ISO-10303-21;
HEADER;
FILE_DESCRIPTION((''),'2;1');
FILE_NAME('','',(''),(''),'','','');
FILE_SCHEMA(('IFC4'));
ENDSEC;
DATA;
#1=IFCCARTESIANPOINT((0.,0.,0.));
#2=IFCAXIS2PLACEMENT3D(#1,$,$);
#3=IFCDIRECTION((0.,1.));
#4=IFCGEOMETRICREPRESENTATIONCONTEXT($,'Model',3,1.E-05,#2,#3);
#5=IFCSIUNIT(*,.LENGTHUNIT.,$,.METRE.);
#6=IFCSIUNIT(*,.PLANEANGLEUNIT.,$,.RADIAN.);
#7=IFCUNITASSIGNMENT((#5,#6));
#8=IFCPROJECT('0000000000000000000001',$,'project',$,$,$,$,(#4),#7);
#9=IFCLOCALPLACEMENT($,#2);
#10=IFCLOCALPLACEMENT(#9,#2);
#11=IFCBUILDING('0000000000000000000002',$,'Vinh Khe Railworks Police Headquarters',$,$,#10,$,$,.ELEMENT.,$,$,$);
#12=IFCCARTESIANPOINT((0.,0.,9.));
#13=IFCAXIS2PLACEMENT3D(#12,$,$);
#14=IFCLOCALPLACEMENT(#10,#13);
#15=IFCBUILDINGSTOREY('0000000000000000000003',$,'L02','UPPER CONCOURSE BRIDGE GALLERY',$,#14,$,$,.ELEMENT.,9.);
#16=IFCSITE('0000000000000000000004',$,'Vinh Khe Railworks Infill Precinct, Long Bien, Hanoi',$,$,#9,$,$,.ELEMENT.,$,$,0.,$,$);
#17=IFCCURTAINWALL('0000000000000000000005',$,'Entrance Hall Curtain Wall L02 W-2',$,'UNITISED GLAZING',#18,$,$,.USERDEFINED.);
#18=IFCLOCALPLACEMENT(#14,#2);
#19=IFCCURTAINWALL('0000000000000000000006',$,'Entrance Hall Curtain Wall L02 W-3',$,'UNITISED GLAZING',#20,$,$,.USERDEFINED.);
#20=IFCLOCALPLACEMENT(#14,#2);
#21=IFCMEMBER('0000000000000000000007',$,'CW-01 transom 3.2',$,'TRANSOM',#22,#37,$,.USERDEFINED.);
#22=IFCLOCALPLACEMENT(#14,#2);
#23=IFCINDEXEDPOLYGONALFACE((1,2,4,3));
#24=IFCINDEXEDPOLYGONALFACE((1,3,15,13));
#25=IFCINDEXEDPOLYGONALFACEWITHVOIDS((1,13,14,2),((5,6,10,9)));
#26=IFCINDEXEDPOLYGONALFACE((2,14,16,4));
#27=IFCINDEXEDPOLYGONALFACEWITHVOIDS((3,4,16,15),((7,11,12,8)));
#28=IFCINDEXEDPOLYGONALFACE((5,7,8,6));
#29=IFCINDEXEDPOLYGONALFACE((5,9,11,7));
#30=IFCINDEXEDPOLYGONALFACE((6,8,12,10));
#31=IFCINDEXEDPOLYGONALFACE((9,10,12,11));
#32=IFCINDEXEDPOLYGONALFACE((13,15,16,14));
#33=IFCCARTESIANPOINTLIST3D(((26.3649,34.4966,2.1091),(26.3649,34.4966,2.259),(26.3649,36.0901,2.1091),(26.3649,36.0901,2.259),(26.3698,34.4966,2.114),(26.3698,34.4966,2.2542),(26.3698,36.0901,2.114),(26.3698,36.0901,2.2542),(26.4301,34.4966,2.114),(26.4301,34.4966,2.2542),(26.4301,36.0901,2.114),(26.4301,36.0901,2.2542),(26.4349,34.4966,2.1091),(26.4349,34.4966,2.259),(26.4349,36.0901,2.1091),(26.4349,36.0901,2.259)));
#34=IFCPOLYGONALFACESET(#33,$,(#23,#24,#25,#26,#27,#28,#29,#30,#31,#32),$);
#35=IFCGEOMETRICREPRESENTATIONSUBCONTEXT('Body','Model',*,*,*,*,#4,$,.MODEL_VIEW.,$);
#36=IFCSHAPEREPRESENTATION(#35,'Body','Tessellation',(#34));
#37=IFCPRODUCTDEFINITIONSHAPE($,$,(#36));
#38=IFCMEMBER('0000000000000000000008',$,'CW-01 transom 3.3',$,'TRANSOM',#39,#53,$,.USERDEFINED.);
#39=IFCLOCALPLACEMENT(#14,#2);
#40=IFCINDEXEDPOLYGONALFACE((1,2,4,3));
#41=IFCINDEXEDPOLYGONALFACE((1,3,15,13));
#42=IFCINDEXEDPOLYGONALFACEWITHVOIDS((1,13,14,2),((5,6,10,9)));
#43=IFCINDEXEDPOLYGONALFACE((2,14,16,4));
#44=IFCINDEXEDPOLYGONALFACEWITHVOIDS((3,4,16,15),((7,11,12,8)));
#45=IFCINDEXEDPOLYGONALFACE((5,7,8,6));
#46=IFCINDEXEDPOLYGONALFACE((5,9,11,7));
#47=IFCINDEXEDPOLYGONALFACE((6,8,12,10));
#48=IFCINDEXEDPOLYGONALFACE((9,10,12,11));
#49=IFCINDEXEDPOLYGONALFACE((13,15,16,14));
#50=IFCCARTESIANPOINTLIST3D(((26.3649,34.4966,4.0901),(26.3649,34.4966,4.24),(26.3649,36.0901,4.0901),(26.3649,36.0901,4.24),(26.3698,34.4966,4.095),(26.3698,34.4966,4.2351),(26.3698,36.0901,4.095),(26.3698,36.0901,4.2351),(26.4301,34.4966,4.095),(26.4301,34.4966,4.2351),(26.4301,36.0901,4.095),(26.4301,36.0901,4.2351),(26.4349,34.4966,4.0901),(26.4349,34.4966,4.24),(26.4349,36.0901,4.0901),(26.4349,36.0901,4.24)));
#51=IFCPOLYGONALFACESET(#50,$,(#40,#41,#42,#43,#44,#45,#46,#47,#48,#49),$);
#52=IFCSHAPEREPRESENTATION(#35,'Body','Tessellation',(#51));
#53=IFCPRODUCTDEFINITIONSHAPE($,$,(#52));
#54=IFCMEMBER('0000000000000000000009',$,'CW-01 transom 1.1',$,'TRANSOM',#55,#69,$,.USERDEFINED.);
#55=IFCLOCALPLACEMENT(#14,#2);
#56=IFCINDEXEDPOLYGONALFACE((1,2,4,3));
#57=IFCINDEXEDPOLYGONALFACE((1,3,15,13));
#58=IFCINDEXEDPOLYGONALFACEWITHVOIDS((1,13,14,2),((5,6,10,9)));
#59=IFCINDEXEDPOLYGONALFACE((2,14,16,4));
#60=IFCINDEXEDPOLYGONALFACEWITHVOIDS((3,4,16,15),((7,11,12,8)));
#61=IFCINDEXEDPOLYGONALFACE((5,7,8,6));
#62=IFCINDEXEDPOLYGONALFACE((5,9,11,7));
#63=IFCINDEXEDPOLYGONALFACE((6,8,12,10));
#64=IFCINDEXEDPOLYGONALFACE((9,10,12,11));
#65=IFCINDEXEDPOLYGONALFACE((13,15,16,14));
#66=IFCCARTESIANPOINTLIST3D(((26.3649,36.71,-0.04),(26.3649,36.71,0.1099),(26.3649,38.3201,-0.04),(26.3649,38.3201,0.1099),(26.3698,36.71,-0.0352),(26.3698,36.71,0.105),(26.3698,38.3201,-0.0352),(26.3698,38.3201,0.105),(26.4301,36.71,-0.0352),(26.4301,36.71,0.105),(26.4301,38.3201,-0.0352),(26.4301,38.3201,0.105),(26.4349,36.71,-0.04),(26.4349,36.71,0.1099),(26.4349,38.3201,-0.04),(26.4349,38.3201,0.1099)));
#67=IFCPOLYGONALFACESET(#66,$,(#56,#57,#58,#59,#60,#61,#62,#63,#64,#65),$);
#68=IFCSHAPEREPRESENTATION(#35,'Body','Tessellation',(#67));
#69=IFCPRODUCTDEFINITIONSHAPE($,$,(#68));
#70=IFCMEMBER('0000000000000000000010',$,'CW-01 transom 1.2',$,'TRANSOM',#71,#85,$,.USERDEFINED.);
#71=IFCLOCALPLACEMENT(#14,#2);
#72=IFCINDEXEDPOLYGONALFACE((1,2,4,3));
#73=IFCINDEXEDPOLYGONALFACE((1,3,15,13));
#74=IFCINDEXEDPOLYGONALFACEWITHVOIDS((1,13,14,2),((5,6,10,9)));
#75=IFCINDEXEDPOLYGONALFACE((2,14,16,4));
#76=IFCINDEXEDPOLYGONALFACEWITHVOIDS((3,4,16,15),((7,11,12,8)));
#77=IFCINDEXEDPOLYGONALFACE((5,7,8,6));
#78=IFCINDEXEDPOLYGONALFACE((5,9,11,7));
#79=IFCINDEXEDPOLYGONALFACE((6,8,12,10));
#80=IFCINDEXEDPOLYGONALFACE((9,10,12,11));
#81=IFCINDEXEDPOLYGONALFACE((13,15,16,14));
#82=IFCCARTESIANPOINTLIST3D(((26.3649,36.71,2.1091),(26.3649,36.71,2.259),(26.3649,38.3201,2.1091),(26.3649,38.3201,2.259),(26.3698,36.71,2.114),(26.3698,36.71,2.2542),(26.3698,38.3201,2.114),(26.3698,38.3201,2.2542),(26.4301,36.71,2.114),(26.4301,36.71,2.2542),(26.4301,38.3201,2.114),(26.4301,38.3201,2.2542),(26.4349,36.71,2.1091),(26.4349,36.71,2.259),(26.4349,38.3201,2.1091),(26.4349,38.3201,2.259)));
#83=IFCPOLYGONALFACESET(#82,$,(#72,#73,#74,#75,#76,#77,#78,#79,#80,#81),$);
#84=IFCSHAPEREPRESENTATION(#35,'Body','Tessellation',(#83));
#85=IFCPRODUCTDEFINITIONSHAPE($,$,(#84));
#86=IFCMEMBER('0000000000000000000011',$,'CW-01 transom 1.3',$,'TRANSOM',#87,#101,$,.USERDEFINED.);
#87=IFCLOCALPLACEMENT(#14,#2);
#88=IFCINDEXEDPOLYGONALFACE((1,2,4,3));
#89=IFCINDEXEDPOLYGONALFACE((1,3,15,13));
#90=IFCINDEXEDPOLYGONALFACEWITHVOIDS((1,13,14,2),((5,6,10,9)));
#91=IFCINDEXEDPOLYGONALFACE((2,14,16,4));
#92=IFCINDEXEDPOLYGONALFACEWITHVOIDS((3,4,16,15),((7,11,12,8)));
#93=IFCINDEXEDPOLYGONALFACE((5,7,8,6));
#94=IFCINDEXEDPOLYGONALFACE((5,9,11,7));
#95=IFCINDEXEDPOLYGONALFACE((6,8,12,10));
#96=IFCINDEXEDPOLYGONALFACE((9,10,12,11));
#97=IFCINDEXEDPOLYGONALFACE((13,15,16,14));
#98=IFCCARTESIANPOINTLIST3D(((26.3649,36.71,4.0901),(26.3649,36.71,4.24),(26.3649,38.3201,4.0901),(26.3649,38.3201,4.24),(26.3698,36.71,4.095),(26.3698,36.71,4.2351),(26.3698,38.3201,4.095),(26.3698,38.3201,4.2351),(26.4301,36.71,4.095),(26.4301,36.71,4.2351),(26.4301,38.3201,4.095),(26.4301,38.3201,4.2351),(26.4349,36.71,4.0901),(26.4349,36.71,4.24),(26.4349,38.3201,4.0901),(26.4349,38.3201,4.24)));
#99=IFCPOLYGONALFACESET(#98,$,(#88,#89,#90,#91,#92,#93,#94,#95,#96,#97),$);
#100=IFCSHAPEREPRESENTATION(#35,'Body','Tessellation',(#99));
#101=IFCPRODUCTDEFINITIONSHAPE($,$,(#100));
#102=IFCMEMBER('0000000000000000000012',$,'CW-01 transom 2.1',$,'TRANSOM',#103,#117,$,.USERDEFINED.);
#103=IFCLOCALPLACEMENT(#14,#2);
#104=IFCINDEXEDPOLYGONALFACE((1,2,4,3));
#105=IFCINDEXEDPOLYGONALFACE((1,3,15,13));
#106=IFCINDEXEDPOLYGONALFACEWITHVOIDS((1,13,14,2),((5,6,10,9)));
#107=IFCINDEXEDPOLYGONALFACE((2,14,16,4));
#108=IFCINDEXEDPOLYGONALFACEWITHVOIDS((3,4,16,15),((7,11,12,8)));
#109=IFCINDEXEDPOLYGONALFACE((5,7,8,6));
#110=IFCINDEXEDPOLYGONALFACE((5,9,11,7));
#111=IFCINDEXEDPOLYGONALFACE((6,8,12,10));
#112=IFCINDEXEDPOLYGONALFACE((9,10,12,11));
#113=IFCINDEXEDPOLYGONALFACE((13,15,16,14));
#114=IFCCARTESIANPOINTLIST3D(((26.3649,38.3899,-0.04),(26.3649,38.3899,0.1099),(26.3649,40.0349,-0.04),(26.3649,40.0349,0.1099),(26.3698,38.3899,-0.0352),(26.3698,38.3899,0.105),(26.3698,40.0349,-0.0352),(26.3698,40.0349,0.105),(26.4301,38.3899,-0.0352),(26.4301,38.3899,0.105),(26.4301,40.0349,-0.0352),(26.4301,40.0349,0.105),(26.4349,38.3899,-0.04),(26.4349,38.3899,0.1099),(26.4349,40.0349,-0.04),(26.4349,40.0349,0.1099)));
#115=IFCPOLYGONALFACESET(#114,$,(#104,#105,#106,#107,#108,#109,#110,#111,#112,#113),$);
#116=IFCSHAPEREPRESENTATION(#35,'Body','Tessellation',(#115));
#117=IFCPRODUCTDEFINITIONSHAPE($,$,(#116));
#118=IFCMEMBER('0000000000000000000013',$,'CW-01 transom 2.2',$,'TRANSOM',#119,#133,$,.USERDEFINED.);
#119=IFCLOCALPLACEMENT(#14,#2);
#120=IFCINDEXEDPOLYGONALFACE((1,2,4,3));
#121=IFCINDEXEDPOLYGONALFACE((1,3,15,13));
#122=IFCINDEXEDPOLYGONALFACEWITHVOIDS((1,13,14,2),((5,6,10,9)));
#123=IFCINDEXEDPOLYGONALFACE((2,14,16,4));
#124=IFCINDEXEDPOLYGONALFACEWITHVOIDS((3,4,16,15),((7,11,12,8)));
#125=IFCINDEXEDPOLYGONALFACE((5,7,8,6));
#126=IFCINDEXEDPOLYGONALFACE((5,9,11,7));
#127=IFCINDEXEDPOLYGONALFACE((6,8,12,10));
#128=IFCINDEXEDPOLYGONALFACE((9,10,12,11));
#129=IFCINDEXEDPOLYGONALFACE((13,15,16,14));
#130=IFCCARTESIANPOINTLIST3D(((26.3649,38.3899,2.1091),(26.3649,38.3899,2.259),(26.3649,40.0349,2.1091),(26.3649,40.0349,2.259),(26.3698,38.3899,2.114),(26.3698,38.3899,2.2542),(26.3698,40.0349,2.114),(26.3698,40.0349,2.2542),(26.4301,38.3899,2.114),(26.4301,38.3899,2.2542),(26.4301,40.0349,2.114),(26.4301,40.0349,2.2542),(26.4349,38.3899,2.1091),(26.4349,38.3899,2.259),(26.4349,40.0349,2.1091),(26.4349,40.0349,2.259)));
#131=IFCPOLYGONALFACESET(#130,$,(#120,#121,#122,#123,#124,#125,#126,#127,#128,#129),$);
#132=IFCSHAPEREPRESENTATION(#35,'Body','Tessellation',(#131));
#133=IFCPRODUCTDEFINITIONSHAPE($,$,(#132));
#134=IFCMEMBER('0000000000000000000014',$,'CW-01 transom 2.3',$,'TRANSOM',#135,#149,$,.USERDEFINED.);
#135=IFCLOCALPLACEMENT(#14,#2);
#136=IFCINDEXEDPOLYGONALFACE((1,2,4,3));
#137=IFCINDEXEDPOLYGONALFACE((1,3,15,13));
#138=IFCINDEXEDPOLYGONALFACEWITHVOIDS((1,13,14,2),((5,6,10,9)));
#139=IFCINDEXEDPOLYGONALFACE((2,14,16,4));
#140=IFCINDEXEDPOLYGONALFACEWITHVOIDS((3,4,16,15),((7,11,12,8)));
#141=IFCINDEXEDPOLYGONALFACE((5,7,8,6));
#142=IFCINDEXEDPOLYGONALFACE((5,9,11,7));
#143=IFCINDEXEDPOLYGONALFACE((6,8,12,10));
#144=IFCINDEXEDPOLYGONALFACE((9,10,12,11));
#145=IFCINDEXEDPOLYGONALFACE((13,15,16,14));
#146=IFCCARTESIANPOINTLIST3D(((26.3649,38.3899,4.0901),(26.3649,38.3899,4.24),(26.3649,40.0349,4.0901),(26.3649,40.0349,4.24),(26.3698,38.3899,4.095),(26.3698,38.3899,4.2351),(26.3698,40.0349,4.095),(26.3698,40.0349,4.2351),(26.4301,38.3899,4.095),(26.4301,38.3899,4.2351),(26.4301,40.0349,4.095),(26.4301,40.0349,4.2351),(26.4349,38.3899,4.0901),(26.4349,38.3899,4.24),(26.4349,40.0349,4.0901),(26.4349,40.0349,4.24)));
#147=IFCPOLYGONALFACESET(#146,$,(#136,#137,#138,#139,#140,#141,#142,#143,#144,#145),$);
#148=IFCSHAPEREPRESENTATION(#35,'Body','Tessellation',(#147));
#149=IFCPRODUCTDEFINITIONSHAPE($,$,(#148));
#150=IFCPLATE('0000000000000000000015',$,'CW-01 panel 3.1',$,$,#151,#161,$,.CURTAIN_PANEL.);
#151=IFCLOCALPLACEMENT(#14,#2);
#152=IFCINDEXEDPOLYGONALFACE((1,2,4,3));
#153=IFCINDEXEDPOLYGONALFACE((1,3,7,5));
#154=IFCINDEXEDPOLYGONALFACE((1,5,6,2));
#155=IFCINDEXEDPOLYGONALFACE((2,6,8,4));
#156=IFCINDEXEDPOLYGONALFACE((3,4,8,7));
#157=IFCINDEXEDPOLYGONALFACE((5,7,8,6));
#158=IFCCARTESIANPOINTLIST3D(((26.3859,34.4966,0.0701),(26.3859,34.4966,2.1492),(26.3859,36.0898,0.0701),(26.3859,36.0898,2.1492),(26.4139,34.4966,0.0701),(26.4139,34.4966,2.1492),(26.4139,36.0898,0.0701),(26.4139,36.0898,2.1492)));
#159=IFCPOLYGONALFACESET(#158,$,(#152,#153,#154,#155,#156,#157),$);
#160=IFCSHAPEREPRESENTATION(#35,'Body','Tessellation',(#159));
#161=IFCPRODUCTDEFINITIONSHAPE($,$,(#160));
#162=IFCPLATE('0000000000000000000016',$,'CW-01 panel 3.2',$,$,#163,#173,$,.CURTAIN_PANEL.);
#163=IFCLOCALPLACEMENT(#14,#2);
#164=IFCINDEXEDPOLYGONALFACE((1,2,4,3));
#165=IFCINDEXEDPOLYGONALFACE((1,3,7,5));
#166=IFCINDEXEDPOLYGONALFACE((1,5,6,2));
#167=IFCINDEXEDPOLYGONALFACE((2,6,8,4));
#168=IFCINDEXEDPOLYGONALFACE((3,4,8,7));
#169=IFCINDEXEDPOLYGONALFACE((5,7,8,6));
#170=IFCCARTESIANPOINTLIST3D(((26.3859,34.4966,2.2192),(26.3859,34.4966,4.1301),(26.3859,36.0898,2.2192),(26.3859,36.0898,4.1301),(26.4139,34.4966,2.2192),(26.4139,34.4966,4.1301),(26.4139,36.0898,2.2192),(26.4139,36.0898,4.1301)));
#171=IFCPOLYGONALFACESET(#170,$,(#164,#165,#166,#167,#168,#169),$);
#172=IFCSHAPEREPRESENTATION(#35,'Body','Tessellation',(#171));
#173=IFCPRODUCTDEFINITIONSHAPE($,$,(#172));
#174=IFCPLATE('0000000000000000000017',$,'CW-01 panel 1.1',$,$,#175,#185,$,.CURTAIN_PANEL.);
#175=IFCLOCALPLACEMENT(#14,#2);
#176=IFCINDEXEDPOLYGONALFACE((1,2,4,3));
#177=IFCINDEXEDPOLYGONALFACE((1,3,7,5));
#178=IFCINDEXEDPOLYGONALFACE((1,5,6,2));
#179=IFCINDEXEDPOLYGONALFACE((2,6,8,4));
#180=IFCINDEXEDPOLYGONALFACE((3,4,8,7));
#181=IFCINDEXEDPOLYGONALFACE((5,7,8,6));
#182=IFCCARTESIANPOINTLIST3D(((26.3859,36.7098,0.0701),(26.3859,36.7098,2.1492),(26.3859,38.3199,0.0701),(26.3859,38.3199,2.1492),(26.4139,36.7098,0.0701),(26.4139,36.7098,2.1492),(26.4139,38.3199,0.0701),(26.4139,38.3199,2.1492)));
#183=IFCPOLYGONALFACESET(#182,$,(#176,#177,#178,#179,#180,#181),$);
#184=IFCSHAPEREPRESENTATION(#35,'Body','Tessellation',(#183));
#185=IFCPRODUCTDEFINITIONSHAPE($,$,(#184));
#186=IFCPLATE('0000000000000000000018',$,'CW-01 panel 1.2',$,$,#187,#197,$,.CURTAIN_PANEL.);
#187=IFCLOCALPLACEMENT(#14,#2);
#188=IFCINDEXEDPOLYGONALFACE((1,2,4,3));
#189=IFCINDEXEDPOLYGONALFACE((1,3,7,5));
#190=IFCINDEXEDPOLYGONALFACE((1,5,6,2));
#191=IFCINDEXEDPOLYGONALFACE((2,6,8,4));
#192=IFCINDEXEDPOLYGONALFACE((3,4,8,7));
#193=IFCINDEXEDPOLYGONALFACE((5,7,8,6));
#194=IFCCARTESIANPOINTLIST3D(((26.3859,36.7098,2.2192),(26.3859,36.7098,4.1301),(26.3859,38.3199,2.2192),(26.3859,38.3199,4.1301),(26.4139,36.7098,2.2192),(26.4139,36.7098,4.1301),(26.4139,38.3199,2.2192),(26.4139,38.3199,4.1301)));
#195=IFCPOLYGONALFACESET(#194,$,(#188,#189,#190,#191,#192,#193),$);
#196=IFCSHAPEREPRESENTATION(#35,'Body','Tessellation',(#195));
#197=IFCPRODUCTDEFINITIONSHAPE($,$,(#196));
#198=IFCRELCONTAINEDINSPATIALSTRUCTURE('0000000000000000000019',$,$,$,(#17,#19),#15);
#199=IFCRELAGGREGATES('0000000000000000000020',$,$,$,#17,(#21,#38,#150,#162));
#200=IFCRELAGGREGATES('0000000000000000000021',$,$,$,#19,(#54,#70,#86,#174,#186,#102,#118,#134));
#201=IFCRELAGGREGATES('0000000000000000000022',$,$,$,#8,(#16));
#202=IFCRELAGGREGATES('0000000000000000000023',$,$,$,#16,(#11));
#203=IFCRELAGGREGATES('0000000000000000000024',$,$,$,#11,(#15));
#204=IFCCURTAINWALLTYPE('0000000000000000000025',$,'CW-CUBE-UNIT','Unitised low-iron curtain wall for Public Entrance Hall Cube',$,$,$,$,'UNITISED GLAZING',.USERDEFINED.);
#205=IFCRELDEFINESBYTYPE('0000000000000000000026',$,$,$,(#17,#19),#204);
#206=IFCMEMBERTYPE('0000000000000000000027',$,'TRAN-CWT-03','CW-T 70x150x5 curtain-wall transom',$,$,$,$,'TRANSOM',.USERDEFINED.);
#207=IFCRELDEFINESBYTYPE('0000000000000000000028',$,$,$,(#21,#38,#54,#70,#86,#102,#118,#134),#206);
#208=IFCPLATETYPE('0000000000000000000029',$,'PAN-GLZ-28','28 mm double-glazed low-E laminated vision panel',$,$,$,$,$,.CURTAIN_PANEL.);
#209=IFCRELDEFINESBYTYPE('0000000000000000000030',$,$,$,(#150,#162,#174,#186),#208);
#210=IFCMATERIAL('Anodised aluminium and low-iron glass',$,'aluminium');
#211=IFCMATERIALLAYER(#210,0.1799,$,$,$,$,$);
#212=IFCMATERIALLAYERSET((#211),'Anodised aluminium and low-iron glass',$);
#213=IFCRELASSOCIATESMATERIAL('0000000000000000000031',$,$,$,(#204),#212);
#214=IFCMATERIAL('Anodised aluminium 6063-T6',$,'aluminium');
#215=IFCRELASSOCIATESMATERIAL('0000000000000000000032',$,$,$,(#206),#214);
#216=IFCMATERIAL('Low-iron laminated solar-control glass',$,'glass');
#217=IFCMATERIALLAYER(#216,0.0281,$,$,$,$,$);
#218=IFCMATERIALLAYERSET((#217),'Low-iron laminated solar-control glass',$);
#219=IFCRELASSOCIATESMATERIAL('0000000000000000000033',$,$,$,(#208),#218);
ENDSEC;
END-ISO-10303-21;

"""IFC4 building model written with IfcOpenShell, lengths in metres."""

from ifc_helpers import new_model, si_unit, direction, frame, origin, origin_2d, place, context, subcontext, project, spatial, rectangle, hollow_rectangle, extrude, material, layer, layer_set, material_profile, profile_set, type_object, element, aggregate, save


model = new_model("IFC4")

# Units and contexts
model_context = context("Model", 3, precision=1e-05, world=origin(), true_north=direction((0.0, 1.0)))
body_context = subcontext(model_context, "Body", "Model", "MODEL_VIEW")
ifc_project = project(units=[si_unit("LENGTHUNIT", "METRE"), si_unit("PLANEANGLEUNIT", "RADIAN")], contexts=[model_context])

# Site, building, storey
site_placement = place(None, origin())
site = spatial("IfcSite", under=ifc_project, at=site_placement, Name="Vinh Khe Railworks Infill Precinct, Long Bien, Hanoi", CompositionType="ELEMENT", RefElevation=0.0)
building_placement = place(site_placement, origin())
building = spatial("IfcBuilding", under=site, at=building_placement, Name="Vinh Khe Railworks Police Headquarters", CompositionType="ELEMENT")
storey_placement = place(building_placement, frame((0.0, 0.0, 9.0)))
storey = spatial("IfcBuildingStorey", under=building, at=storey_placement, Name="L02", Description="UPPER CONCOURSE BRIDGE GALLERY", CompositionType="ELEMENT", Elevation=9.0)

# Curtain wall
ifc_material_1 = material(Name="Anodised aluminium and low-iron glass", Category="aluminium")
ifc_layer_1 = layer(ifc_material_1, 0.1799)
ifc_layer_set_1 = layer_set([ifc_layer_1], Name="Anodised aluminium and low-iron glass")
curtain_wall_type = type_object("IfcCurtainWallType", Name="CW-CUBE-UNIT", Description="Unitised low-iron curtain wall for Public Entrance Hall Cube", ElementType="UNITISED GLAZING", PredefinedType="USERDEFINED", material=ifc_layer_set_1)
curtain_wall_1_placement = place(storey_placement, origin())
curtain_wall_1 = element("IfcCurtainWall", 1, at=curtain_wall_1_placement, inside=storey, type_object=curtain_wall_type, Name="Entrance Hall Curtain Wall L02 W-2", ObjectType="UNITISED GLAZING", PredefinedType="USERDEFINED")
ifc_material_2 = material(Name="Anodised aluminium 6063-T6", Category="aluminium")

# Curtain wall
curtain_wall_2_placement = place(storey_placement, origin())
curtain_wall_2 = element("IfcCurtainWall", 2, at=curtain_wall_2_placement, inside=storey, type_object=curtain_wall_type, Name="Entrance Hall Curtain Wall L02 W-3", ObjectType="UNITISED GLAZING", PredefinedType="USERDEFINED")

# Members
ifc_material_profile_1 = material_profile(ifc_material_2, hollow_rectangle(XDim=0.0701, YDim=0.1499, WallThickness=0.0049, at=origin_2d()), Name="CW-T 70x150x5")
ifc_profile_set_1 = profile_set([ifc_material_profile_1], Name="Anodised aluminium 6063-T6")
member_type_1 = type_object("IfcMemberType", Name="TRAN-CWT-03", Description="CW-T 70x150x5 curtain-wall transom", ElementType="TRANSOM", PredefinedType="USERDEFINED", material=ifc_profile_set_1)
member_1_placement = place(storey_placement, frame((26.3999, 34.4966, 2.1841), z_axis=(0.0, 1.0, 0.0), x_axis=(-1.0, 0.0, 0.0)))
member_1 = element("IfcMember", 3, at=member_1_placement, type_object=member_type_1, Name="CW-01 transom 3.2", ObjectType="TRANSOM", PredefinedType="USERDEFINED", context=body_context, shape_type="SweptSolid", body=[
    extrude(hollow_rectangle(XDim=0.0701, YDim=0.1499, WallThickness=0.0049, at=origin_2d()), origin(), (0.0, 0.0, 1.0), 1.5935),
])
member_2_placement = place(storey_placement, frame((26.3999, 34.4966, 4.165), z_axis=(0.0, 1.0, 0.0), x_axis=(-1.0, 0.0, 0.0)))
member_2 = element("IfcMember", 4, at=member_2_placement, type_object=member_type_1, Name="CW-01 transom 3.3", ObjectType="TRANSOM", PredefinedType="USERDEFINED", context=body_context, shape_type="SweptSolid", body=[
    extrude(hollow_rectangle(XDim=0.0701, YDim=0.1499, WallThickness=0.0049, at=origin_2d()), origin(), (0.0, 0.0, 1.0), 1.5935),
])
member_3_placement = place(storey_placement, frame((26.3999, 36.71, 0.0349), z_axis=(0.0, 1.0, 0.0), x_axis=(-1.0, 0.0, 0.0)))
member_3 = element("IfcMember", 5, at=member_3_placement, type_object=member_type_1, Name="CW-01 transom 1.1", ObjectType="TRANSOM", PredefinedType="USERDEFINED", context=body_context, shape_type="SweptSolid", body=[
    extrude(hollow_rectangle(XDim=0.0701, YDim=0.1499, WallThickness=0.0049, at=origin_2d()), origin(), (0.0, 0.0, 1.0), 1.6101),
])
member_4_placement = place(storey_placement, frame((26.3999, 36.71, 2.1841), z_axis=(0.0, 1.0, 0.0), x_axis=(-1.0, 0.0, 0.0)))
member_4 = element("IfcMember", 6, at=member_4_placement, type_object=member_type_1, Name="CW-01 transom 1.2", ObjectType="TRANSOM", PredefinedType="USERDEFINED", context=body_context, shape_type="SweptSolid", body=[
    extrude(hollow_rectangle(XDim=0.0701, YDim=0.1499, WallThickness=0.0049, at=origin_2d()), origin(), (0.0, 0.0, 1.0), 1.6101),
])
member_5_placement = place(storey_placement, frame((26.3999, 36.71, 4.165), z_axis=(0.0, 1.0, 0.0), x_axis=(-1.0, 0.0, 0.0)))
member_5 = element("IfcMember", 7, at=member_5_placement, type_object=member_type_1, Name="CW-01 transom 1.3", ObjectType="TRANSOM", PredefinedType="USERDEFINED", context=body_context, shape_type="SweptSolid", body=[
    extrude(hollow_rectangle(XDim=0.0701, YDim=0.1499, WallThickness=0.0049, at=origin_2d()), origin(), (0.0, 0.0, 1.0), 1.6101),
])
member_6_placement = place(storey_placement, frame((26.3999, 38.3899, 0.0349), z_axis=(0.0, 1.0, 0.0), x_axis=(-1.0, 0.0, 0.0)))
member_6 = element("IfcMember", 8, at=member_6_placement, type_object=member_type_1, Name="CW-01 transom 2.1", ObjectType="TRANSOM", PredefinedType="USERDEFINED", context=body_context, shape_type="SweptSolid", body=[
    extrude(hollow_rectangle(XDim=0.0701, YDim=0.1499, WallThickness=0.0049, at=origin_2d()), origin(), (0.0, 0.0, 1.0), 1.645),
])
member_7_placement = place(storey_placement, frame((26.3999, 38.3899, 2.1841), z_axis=(0.0, 1.0, 0.0), x_axis=(-1.0, 0.0, 0.0)))
member_7 = element("IfcMember", 9, at=member_7_placement, type_object=member_type_1, Name="CW-01 transom 2.2", ObjectType="TRANSOM", PredefinedType="USERDEFINED", context=body_context, shape_type="SweptSolid", body=[
    extrude(hollow_rectangle(XDim=0.0701, YDim=0.1499, WallThickness=0.0049, at=origin_2d()), origin(), (0.0, 0.0, 1.0), 1.645),
])
member_8_placement = place(storey_placement, frame((26.3999, 38.3899, 4.165), z_axis=(0.0, 1.0, 0.0), x_axis=(-1.0, 0.0, 0.0)))
member_8 = element("IfcMember", 10, at=member_8_placement, type_object=member_type_1, Name="CW-01 transom 2.3", ObjectType="TRANSOM", PredefinedType="USERDEFINED", context=body_context, shape_type="SweptSolid", body=[
    extrude(hollow_rectangle(XDim=0.0701, YDim=0.1499, WallThickness=0.0049, at=origin_2d()), origin(), (0.0, 0.0, 1.0), 1.645),
])

# Plates
ifc_material_3 = material(Name="Low-iron laminated solar-control glass", Category="glass")
ifc_layer_2 = layer(ifc_material_3, 0.0281)
ifc_layer_set_2 = layer_set([ifc_layer_2], Name="Low-iron laminated solar-control glass")
plate_type = type_object("IfcPlateType", Name="PAN-GLZ-28", Description="28 mm double-glazed low-E laminated vision panel", PredefinedType="CURTAIN_PANEL", material=ifc_layer_set_2)
plate_1_placement = place(storey_placement, frame((26.3999, 35.2932, 0.0701), z_axis=(0.0, 0.0, 1.0), x_axis=(0.0, 1.0, 0.0)))
plate_1 = element("IfcPlate", 11, at=plate_1_placement, type_object=plate_type, Name="CW-01 panel 3.1", PredefinedType="CURTAIN_PANEL", context=body_context, shape_type="SweptSolid", body=[
    extrude(rectangle(XDim=1.5933, YDim=0.0281, at=origin_2d()), origin(), (0.0, 0.0, 1.0), 2.0791),
])
plate_2_placement = place(storey_placement, frame((26.3999, 35.2932, 2.2192), z_axis=(0.0, 0.0, 1.0), x_axis=(0.0, 1.0, 0.0)))
plate_2 = element("IfcPlate", 12, at=plate_2_placement, type_object=plate_type, Name="CW-01 panel 3.2", PredefinedType="CURTAIN_PANEL", context=body_context, shape_type="SweptSolid", body=[
    extrude(rectangle(XDim=1.5933, YDim=0.0281, at=origin_2d()), origin(), (0.0, 0.0, 1.0), 1.9109),
])
aggregate(curtain_wall_1, [member_1, member_2, plate_1, plate_2])
plate_3_placement = place(storey_placement, frame((26.3999, 37.5149, 0.0701), z_axis=(0.0, 0.0, 1.0), x_axis=(0.0, 1.0, 0.0)))
plate_3 = element("IfcPlate", 13, at=plate_3_placement, type_object=plate_type, Name="CW-01 panel 1.1", PredefinedType="CURTAIN_PANEL", context=body_context, shape_type="SweptSolid", body=[
    extrude(rectangle(XDim=1.6101, YDim=0.0281, at=origin_2d()), origin(), (0.0, 0.0, 1.0), 2.0791),
])
plate_4_placement = place(storey_placement, frame((26.3999, 37.5149, 2.2192), z_axis=(0.0, 0.0, 1.0), x_axis=(0.0, 1.0, 0.0)))
plate_4 = element("IfcPlate", 14, at=plate_4_placement, type_object=plate_type, Name="CW-01 panel 1.2", PredefinedType="CURTAIN_PANEL", context=body_context, shape_type="SweptSolid", body=[
    extrude(rectangle(XDim=1.6101, YDim=0.0281, at=origin_2d()), origin(), (0.0, 0.0, 1.0), 1.9109),
])
aggregate(curtain_wall_2, [member_3, member_4, member_5, plate_3, plate_4, member_6, member_7, member_8])

save(model, "model.ifc")
